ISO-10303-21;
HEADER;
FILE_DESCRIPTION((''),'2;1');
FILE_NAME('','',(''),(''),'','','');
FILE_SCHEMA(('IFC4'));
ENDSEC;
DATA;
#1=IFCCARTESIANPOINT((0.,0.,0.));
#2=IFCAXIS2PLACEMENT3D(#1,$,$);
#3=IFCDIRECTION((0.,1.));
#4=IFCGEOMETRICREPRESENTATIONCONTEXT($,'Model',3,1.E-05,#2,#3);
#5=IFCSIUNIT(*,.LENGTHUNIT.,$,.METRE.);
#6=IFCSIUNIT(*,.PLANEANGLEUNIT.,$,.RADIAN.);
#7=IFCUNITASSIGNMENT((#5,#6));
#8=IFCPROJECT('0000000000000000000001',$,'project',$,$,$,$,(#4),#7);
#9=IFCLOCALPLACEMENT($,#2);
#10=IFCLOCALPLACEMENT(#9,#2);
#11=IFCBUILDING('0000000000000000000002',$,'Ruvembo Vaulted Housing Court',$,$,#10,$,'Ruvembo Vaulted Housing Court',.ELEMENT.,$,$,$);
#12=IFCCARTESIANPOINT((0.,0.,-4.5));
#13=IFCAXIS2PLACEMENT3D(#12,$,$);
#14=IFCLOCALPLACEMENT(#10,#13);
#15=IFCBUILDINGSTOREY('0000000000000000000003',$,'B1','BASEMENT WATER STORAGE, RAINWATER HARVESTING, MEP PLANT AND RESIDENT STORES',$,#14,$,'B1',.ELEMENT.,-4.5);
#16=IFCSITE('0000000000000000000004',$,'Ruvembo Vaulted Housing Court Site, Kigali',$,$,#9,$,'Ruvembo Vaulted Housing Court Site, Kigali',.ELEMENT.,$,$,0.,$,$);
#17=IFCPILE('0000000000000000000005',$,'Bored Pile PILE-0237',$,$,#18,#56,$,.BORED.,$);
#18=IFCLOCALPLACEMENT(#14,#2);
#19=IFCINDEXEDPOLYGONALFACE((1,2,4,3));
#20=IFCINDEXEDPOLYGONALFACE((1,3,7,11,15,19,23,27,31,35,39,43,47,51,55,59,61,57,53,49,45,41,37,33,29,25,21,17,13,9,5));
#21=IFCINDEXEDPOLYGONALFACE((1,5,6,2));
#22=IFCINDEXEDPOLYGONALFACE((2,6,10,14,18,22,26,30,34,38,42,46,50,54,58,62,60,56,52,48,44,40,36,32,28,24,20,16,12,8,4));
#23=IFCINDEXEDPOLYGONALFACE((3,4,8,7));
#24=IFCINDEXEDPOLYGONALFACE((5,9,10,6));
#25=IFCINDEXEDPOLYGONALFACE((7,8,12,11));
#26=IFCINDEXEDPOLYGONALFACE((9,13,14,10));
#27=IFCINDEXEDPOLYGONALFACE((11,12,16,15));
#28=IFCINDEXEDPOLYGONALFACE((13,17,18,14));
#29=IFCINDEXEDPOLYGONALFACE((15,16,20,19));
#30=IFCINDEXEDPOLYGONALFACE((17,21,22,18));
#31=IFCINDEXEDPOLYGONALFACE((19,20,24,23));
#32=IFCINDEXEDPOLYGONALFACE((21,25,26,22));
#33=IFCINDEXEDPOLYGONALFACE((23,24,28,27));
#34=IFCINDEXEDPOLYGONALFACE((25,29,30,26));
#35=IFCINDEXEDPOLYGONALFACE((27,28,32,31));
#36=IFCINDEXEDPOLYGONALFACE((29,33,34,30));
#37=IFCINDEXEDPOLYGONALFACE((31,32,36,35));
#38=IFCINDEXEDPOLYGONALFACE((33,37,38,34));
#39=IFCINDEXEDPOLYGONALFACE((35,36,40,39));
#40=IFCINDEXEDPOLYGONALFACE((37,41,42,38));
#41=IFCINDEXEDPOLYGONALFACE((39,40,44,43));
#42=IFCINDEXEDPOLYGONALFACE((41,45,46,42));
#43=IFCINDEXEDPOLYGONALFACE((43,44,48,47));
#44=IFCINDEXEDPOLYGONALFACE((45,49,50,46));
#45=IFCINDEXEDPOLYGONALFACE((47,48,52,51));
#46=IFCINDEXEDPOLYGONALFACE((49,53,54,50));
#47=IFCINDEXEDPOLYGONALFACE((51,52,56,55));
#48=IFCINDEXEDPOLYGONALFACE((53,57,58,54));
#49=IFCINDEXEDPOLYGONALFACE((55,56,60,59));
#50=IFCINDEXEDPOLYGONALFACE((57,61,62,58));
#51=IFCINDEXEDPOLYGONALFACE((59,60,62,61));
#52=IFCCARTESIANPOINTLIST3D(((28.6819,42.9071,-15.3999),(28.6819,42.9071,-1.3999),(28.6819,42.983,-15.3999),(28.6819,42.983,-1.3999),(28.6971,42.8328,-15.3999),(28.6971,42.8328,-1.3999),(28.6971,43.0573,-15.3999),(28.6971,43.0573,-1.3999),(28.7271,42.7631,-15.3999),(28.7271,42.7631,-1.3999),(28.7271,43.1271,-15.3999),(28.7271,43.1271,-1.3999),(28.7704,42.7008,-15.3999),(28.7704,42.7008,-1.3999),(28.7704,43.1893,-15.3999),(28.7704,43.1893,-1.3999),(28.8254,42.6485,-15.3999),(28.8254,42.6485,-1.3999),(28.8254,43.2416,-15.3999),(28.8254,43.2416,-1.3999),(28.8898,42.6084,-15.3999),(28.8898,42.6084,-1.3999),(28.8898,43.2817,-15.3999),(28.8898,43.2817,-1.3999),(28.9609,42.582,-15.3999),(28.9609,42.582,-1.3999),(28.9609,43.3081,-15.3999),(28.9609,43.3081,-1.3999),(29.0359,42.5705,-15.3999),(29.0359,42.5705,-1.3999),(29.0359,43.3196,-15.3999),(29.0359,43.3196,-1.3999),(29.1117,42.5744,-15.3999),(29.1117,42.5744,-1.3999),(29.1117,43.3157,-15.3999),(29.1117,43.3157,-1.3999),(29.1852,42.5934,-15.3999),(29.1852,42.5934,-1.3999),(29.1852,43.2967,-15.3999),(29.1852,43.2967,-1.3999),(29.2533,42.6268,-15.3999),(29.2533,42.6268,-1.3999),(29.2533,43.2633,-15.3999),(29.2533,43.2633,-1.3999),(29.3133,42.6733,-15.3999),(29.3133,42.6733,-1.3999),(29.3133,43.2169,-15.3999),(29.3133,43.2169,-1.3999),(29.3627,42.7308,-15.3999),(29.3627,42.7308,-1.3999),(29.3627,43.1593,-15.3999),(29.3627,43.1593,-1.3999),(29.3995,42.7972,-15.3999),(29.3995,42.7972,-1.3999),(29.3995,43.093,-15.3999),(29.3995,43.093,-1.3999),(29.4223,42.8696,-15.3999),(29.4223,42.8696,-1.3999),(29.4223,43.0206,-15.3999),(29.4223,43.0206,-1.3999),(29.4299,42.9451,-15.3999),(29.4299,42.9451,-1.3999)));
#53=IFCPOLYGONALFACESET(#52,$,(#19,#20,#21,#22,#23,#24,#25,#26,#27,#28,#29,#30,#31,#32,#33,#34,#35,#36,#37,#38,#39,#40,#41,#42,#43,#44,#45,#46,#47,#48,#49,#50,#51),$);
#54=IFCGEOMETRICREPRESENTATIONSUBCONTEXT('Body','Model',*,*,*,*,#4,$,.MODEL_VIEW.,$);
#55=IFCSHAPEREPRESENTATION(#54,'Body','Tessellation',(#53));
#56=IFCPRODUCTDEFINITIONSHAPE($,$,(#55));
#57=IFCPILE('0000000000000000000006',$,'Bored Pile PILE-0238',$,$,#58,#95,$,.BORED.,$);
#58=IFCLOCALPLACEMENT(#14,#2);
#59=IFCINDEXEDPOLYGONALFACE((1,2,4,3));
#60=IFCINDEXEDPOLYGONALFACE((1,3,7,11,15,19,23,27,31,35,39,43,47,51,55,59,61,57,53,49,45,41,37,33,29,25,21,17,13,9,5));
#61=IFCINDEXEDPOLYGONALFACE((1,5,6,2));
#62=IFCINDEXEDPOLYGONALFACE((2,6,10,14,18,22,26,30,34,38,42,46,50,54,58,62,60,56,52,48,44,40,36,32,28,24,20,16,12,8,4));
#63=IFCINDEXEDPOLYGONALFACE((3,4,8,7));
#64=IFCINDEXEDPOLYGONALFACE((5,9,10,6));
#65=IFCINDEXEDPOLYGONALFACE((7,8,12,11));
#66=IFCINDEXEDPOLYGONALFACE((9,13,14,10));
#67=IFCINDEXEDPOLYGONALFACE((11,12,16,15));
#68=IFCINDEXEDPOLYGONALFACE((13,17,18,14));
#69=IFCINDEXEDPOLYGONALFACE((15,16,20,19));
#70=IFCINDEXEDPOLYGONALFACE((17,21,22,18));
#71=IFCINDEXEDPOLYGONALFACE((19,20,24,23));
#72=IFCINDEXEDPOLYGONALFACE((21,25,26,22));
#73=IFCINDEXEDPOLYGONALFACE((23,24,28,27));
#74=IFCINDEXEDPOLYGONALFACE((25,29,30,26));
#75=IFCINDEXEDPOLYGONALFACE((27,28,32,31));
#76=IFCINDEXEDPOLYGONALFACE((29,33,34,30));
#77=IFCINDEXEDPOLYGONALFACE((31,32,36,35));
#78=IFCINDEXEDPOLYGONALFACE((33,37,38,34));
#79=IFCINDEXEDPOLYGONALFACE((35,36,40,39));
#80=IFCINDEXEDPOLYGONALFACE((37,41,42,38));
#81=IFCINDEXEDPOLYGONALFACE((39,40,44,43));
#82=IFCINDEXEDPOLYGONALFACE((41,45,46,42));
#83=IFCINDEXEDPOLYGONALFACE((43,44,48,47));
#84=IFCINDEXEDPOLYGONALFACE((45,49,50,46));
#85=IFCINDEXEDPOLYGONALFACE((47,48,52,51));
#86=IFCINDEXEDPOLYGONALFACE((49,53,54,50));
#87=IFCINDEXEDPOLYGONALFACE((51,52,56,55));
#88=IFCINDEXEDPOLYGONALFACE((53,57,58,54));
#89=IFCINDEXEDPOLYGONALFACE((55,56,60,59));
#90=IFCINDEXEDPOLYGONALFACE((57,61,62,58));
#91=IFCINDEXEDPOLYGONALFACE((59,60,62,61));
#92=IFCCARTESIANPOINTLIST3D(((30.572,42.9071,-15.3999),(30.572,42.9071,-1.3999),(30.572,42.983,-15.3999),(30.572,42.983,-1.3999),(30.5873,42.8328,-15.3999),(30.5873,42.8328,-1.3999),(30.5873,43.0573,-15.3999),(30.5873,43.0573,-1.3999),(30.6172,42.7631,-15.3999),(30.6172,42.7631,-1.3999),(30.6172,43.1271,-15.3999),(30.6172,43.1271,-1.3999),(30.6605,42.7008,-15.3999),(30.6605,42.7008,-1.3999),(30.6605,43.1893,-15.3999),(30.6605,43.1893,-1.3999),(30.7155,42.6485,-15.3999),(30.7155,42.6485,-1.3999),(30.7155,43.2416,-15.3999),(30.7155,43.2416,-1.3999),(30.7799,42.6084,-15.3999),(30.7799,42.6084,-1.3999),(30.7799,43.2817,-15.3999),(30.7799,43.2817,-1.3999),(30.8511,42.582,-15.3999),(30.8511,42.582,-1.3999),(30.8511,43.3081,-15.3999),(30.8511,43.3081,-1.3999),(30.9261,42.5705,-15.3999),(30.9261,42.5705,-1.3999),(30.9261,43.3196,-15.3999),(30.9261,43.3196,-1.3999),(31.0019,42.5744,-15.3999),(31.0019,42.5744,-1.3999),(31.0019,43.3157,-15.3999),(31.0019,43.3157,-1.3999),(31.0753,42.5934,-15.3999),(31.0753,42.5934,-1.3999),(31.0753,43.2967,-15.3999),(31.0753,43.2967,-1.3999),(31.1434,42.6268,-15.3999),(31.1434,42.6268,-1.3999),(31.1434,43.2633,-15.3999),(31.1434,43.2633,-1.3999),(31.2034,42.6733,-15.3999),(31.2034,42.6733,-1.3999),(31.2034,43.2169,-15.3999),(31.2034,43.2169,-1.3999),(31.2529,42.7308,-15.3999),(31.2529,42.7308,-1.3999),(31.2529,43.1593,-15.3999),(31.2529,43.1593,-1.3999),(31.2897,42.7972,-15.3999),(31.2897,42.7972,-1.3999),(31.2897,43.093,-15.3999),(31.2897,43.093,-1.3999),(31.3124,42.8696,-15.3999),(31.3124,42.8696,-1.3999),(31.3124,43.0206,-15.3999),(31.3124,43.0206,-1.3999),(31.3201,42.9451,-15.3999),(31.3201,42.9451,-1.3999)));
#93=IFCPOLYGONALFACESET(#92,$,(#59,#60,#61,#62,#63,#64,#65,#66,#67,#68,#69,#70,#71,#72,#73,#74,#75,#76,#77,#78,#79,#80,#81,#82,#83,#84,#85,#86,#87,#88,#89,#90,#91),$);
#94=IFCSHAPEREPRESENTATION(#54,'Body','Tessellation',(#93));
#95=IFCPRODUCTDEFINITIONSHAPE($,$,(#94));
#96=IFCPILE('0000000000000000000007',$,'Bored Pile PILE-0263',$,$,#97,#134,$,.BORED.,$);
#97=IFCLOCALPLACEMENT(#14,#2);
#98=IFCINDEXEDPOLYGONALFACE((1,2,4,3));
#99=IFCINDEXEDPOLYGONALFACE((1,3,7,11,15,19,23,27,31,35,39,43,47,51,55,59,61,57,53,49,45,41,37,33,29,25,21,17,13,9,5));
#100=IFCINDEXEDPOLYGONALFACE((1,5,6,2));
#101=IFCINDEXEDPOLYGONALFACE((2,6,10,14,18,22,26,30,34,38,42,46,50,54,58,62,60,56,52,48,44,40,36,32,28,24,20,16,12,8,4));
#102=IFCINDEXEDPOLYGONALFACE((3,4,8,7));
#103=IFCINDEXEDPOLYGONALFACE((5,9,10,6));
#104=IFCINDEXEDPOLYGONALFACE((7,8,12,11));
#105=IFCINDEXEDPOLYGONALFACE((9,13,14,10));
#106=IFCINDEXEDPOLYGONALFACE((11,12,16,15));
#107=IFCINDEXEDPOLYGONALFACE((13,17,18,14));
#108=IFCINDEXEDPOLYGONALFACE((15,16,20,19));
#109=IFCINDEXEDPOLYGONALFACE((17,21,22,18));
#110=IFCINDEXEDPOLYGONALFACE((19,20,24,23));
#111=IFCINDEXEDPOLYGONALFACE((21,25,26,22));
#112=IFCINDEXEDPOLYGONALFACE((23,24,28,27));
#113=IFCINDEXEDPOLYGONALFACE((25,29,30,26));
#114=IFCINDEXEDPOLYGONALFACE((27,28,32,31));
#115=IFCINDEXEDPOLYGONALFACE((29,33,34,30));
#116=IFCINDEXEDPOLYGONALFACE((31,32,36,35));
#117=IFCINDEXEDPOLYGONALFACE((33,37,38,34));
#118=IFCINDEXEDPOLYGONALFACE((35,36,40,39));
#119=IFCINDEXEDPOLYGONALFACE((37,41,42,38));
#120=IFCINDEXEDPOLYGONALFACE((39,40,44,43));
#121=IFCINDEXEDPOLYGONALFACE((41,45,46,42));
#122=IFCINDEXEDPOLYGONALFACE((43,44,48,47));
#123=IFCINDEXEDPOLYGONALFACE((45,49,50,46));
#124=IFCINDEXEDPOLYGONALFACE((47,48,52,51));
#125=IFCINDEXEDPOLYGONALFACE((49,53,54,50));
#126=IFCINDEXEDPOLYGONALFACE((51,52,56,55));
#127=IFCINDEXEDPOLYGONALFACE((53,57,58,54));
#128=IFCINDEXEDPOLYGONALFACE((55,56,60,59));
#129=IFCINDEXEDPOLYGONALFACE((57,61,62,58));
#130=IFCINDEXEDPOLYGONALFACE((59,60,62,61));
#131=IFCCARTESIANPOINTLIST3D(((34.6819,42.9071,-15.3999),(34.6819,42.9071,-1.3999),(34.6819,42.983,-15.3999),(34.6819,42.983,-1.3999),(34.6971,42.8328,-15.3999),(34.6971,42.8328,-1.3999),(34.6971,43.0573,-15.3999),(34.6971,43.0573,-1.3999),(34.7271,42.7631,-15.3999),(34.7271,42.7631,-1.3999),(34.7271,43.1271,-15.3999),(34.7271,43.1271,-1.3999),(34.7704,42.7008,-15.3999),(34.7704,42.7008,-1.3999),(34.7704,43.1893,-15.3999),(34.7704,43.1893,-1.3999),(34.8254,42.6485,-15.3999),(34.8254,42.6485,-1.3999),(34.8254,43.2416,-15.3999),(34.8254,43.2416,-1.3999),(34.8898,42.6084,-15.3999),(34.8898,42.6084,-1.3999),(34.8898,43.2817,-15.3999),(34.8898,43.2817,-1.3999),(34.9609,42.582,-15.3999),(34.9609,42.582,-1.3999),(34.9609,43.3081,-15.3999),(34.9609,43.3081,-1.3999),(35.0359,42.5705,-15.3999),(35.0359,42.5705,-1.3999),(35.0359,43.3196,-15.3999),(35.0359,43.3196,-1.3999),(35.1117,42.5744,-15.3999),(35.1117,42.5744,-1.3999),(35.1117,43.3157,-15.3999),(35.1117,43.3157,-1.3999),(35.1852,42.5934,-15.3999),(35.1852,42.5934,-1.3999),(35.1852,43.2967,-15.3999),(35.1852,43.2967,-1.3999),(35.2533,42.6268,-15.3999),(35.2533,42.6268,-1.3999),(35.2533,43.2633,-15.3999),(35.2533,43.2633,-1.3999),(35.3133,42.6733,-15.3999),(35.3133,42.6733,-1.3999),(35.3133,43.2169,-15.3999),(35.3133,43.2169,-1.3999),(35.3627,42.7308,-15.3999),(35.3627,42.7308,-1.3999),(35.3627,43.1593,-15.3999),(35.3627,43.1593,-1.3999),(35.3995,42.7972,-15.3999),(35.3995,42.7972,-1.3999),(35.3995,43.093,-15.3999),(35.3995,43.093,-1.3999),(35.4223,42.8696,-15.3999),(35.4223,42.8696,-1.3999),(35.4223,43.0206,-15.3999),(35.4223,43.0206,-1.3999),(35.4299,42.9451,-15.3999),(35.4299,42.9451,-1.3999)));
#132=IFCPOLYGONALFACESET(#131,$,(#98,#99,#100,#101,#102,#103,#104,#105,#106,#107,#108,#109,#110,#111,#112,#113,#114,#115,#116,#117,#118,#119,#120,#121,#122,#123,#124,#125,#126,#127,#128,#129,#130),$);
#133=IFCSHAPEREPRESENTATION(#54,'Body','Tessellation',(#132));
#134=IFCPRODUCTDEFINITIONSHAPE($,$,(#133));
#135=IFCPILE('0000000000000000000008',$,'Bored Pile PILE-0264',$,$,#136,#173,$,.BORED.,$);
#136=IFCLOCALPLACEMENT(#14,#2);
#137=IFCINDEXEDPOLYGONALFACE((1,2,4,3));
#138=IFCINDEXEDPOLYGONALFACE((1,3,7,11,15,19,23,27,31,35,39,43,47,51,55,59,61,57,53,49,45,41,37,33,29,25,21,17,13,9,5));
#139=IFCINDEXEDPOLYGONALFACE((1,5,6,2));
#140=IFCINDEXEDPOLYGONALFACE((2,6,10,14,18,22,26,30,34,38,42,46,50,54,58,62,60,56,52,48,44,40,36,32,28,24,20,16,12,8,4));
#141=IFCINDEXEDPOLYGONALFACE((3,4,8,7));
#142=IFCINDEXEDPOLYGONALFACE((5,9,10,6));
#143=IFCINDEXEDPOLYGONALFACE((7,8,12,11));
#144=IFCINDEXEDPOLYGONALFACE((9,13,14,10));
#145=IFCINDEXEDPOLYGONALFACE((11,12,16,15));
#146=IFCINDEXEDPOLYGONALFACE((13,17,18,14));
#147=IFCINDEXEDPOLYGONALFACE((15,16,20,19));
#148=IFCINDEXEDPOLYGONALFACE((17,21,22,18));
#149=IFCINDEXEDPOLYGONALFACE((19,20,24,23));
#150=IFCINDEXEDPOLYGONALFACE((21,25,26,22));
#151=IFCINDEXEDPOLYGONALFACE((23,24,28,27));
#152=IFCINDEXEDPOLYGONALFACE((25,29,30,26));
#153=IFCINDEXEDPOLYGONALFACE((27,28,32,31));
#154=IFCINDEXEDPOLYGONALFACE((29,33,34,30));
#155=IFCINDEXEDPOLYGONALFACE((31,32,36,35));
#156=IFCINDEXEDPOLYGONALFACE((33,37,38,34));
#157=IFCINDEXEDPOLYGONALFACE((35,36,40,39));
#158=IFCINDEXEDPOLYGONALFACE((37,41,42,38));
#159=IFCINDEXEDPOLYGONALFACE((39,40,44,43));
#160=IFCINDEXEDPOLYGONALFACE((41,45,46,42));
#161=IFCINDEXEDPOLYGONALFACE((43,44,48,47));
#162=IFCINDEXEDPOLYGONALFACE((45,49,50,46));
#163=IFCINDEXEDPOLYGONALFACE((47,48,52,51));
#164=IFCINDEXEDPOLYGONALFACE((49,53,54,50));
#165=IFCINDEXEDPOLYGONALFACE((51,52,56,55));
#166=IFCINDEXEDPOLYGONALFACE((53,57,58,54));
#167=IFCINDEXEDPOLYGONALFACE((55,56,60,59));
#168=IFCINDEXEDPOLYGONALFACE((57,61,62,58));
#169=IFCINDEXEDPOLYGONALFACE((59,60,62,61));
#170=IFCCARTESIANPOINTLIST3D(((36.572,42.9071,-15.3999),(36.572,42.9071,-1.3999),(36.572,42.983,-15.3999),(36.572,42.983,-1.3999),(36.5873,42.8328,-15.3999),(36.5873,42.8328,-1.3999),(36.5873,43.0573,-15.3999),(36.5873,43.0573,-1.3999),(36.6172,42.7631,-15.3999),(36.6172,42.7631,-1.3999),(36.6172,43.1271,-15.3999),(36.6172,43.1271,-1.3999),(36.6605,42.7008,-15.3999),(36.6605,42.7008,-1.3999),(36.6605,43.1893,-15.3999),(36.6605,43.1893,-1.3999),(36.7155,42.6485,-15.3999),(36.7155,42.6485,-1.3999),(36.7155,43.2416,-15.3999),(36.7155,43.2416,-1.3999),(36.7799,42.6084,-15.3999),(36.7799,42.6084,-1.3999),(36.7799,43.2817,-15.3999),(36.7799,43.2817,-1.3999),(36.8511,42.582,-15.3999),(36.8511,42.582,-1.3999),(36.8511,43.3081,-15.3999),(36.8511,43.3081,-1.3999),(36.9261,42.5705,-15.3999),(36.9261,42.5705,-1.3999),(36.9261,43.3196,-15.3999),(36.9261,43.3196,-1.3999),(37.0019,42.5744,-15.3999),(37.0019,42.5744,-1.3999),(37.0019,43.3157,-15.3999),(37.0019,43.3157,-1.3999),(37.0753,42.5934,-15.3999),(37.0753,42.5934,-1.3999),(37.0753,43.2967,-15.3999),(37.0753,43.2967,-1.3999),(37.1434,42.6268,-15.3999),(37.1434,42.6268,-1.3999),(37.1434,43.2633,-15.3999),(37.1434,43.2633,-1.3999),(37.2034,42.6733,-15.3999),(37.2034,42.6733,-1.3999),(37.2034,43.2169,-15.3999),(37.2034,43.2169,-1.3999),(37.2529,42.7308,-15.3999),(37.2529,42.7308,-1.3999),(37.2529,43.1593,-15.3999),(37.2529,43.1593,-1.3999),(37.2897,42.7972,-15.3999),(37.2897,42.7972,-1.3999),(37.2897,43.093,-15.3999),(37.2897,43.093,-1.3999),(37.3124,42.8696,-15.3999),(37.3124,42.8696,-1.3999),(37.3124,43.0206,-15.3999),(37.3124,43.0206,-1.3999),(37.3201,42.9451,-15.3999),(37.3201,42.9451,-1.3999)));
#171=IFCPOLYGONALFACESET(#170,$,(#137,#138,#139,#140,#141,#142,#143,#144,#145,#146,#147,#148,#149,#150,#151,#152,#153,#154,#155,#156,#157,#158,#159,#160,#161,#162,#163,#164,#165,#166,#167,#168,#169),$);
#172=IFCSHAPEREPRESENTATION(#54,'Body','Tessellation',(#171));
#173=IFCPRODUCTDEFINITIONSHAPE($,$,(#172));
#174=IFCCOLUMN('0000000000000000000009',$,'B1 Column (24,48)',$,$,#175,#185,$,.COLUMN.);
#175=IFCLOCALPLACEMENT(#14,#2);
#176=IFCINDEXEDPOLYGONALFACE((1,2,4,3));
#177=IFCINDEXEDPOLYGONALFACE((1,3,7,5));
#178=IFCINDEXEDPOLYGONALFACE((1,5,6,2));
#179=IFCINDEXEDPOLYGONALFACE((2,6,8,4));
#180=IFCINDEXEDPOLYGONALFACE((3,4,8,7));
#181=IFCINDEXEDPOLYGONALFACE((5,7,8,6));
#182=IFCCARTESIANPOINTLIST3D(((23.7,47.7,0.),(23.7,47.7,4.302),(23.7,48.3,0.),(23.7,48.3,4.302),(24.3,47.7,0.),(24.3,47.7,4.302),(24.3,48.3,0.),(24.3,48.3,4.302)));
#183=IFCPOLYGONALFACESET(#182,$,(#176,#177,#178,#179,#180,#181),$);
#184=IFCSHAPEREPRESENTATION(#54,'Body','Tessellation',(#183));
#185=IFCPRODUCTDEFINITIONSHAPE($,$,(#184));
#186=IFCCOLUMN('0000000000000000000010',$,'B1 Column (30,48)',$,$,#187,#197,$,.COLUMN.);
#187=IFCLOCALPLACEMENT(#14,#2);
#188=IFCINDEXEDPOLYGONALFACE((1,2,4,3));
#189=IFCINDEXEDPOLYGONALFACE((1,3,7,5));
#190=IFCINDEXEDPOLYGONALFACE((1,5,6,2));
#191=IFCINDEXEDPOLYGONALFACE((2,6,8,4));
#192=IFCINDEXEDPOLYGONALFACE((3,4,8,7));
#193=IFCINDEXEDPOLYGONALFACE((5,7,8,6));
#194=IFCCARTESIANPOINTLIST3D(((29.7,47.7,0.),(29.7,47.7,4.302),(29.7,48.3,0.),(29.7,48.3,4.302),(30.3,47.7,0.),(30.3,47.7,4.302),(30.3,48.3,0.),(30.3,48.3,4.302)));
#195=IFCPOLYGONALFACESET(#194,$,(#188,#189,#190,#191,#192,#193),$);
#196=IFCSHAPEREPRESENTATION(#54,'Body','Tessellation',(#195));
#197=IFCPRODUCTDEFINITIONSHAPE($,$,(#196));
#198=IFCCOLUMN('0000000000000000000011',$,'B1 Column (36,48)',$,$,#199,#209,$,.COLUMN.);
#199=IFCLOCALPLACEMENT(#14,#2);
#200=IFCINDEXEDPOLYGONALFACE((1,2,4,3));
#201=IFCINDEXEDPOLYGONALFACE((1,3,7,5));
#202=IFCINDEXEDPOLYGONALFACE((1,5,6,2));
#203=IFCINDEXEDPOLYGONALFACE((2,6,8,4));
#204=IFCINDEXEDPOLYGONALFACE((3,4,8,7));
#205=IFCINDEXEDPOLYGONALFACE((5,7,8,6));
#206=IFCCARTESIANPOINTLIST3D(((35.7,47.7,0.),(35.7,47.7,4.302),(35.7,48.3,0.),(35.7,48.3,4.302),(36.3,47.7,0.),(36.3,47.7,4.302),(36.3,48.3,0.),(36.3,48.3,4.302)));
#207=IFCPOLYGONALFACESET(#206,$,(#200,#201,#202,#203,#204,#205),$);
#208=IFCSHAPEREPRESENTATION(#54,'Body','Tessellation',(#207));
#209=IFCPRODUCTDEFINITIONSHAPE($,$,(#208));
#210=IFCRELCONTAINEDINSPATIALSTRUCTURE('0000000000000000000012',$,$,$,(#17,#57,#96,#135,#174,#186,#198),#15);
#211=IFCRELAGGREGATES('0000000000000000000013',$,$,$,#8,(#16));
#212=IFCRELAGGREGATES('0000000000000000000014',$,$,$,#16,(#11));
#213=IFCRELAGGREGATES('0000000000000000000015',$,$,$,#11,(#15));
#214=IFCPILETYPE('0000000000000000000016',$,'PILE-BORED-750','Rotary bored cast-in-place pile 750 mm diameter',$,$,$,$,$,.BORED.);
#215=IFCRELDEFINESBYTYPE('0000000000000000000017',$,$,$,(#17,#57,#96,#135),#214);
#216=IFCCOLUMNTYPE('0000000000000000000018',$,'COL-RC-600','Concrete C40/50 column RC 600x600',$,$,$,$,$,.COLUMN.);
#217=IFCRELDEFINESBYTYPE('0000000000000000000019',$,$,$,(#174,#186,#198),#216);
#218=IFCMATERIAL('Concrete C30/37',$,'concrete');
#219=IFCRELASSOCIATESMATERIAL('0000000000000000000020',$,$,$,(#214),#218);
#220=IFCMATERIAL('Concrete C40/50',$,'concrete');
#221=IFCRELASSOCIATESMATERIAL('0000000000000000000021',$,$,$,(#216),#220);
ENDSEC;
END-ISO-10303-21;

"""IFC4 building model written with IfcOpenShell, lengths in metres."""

from ifc_helpers import new_model, si_unit, direction, frame, origin, origin_2d, place, context, subcontext, project, spatial, rectangle, circle, extrude, material, material_profile, profile_set, type_object, element, save


model = new_model("IFC4")

# Units and contexts
model_context = context("Model", 3, precision=1e-05, world=origin(), true_north=direction((0.0, 1.0)))
body_context = subcontext(model_context, "Body", "Model", "MODEL_VIEW")
ifc_project = project(units=[si_unit("LENGTHUNIT", "METRE"), si_unit("PLANEANGLEUNIT", "RADIAN")], contexts=[model_context])

# Site, building, storey
site_placement = place(None, origin())
site = spatial("IfcSite", under=ifc_project, at=site_placement, Name="Ruvembo Vaulted Housing Court Site, Kigali", LongName="Ruvembo Vaulted Housing Court Site, Kigali", CompositionType="ELEMENT", RefElevation=0.0)
building_placement = place(site_placement, origin())
building = spatial("IfcBuilding", under=site, at=building_placement, Name="Ruvembo Vaulted Housing Court", LongName="Ruvembo Vaulted Housing Court", CompositionType="ELEMENT")
storey_placement = place(building_placement, frame((0.0, 0.0, -4.5)))
storey = spatial("IfcBuildingStorey", under=building, at=storey_placement, Name="B1", Description="BASEMENT WATER STORAGE, RAINWATER HARVESTING, MEP PLANT AND RESIDENT STORES", LongName="B1", CompositionType="ELEMENT", Elevation=-4.5)

# Piles
ifc_material_1 = material(Name="Concrete C30/37", Category="concrete")
ifc_material_profile_1 = material_profile(ifc_material_1, circle(Radius=0.375, at=origin_2d()), Name="PILE D750")
ifc_profile_set_1 = profile_set([ifc_material_profile_1], Name="Concrete C30/37")
pile_type_1 = type_object("IfcPileType", Name="PILE-BORED-750", Description="Rotary bored cast-in-place pile 750 mm diameter", PredefinedType="BORED", material=ifc_profile_set_1)
for number, where, z_axis, x_axis, name in (
    (1, (29.0549, 42.9451, -1.3999), (0.0, 0.0, -1.0), (1.0, 0.0, 0.0), "Bored Pile PILE-0237"),
    (2, (30.9451, 42.9451, -1.3999), (0.0, 0.0, -1.0), (1.0, 0.0, 0.0), "Bored Pile PILE-0238"),
    (3, (35.0549, 42.9451, -1.3999), (0.0, 0.0, -1.0), (1.0, 0.0, 0.0), "Bored Pile PILE-0263"),
    (4, (36.9451, 42.9451, -1.3999), (0.0, 0.0, -1.0), (1.0, 0.0, 0.0), "Bored Pile PILE-0264"),
):
    element("IfcPile", number, at=place(storey_placement, frame(where, z_axis=z_axis, x_axis=x_axis)), inside=storey, type_object=pile_type_1, Name=name, PredefinedType="BORED", context=body_context, shape_type="SweptSolid", body=[
        extrude(circle(Radius=0.375, at=origin_2d()), origin(), (0.0, 0.0, 1.0), 14.0),
    ])

# Columns
ifc_material_2 = material(Name="Concrete C40/50", Category="concrete")
ifc_material_profile_2 = material_profile(ifc_material_2, rectangle(XDim=0.6001, YDim=0.6001, at=origin_2d()), Name="RC 600x600")
ifc_profile_set_2 = profile_set([ifc_material_profile_2], Name="Concrete C40/50")
column_type_1 = type_object("IfcColumnType", Name="COL-RC-600", Description="Concrete C40/50 column RC 600x600", PredefinedType="COLUMN", material=ifc_profile_set_2)
for number, where, z_axis, x_axis, name in (
    (5, (24.0, 48.0, 0.0), (0.0, 0.0, 1.0), (1.0, 0.0, 0.0), "B1 Column (24,48)"),
    (6, (30.0, 48.0, 0.0), (0.0, 0.0, 1.0), (1.0, 0.0, 0.0), "B1 Column (30,48)"),
    (7, (36.0, 48.0, 0.0), (0.0, 0.0, 1.0), (1.0, 0.0, 0.0), "B1 Column (36,48)"),
):
    element("IfcColumn", number, at=place(storey_placement, frame(where, z_axis=z_axis, x_axis=x_axis)), inside=storey, type_object=column_type_1, Name=name, PredefinedType="COLUMN", context=body_context, shape_type="SweptSolid", body=[
        extrude(rectangle(XDim=0.6001, YDim=0.6001, at=origin_2d()), origin(), (0.0, 0.0, 1.0), 4.302),
    ])

save(model, "model.ifc")
